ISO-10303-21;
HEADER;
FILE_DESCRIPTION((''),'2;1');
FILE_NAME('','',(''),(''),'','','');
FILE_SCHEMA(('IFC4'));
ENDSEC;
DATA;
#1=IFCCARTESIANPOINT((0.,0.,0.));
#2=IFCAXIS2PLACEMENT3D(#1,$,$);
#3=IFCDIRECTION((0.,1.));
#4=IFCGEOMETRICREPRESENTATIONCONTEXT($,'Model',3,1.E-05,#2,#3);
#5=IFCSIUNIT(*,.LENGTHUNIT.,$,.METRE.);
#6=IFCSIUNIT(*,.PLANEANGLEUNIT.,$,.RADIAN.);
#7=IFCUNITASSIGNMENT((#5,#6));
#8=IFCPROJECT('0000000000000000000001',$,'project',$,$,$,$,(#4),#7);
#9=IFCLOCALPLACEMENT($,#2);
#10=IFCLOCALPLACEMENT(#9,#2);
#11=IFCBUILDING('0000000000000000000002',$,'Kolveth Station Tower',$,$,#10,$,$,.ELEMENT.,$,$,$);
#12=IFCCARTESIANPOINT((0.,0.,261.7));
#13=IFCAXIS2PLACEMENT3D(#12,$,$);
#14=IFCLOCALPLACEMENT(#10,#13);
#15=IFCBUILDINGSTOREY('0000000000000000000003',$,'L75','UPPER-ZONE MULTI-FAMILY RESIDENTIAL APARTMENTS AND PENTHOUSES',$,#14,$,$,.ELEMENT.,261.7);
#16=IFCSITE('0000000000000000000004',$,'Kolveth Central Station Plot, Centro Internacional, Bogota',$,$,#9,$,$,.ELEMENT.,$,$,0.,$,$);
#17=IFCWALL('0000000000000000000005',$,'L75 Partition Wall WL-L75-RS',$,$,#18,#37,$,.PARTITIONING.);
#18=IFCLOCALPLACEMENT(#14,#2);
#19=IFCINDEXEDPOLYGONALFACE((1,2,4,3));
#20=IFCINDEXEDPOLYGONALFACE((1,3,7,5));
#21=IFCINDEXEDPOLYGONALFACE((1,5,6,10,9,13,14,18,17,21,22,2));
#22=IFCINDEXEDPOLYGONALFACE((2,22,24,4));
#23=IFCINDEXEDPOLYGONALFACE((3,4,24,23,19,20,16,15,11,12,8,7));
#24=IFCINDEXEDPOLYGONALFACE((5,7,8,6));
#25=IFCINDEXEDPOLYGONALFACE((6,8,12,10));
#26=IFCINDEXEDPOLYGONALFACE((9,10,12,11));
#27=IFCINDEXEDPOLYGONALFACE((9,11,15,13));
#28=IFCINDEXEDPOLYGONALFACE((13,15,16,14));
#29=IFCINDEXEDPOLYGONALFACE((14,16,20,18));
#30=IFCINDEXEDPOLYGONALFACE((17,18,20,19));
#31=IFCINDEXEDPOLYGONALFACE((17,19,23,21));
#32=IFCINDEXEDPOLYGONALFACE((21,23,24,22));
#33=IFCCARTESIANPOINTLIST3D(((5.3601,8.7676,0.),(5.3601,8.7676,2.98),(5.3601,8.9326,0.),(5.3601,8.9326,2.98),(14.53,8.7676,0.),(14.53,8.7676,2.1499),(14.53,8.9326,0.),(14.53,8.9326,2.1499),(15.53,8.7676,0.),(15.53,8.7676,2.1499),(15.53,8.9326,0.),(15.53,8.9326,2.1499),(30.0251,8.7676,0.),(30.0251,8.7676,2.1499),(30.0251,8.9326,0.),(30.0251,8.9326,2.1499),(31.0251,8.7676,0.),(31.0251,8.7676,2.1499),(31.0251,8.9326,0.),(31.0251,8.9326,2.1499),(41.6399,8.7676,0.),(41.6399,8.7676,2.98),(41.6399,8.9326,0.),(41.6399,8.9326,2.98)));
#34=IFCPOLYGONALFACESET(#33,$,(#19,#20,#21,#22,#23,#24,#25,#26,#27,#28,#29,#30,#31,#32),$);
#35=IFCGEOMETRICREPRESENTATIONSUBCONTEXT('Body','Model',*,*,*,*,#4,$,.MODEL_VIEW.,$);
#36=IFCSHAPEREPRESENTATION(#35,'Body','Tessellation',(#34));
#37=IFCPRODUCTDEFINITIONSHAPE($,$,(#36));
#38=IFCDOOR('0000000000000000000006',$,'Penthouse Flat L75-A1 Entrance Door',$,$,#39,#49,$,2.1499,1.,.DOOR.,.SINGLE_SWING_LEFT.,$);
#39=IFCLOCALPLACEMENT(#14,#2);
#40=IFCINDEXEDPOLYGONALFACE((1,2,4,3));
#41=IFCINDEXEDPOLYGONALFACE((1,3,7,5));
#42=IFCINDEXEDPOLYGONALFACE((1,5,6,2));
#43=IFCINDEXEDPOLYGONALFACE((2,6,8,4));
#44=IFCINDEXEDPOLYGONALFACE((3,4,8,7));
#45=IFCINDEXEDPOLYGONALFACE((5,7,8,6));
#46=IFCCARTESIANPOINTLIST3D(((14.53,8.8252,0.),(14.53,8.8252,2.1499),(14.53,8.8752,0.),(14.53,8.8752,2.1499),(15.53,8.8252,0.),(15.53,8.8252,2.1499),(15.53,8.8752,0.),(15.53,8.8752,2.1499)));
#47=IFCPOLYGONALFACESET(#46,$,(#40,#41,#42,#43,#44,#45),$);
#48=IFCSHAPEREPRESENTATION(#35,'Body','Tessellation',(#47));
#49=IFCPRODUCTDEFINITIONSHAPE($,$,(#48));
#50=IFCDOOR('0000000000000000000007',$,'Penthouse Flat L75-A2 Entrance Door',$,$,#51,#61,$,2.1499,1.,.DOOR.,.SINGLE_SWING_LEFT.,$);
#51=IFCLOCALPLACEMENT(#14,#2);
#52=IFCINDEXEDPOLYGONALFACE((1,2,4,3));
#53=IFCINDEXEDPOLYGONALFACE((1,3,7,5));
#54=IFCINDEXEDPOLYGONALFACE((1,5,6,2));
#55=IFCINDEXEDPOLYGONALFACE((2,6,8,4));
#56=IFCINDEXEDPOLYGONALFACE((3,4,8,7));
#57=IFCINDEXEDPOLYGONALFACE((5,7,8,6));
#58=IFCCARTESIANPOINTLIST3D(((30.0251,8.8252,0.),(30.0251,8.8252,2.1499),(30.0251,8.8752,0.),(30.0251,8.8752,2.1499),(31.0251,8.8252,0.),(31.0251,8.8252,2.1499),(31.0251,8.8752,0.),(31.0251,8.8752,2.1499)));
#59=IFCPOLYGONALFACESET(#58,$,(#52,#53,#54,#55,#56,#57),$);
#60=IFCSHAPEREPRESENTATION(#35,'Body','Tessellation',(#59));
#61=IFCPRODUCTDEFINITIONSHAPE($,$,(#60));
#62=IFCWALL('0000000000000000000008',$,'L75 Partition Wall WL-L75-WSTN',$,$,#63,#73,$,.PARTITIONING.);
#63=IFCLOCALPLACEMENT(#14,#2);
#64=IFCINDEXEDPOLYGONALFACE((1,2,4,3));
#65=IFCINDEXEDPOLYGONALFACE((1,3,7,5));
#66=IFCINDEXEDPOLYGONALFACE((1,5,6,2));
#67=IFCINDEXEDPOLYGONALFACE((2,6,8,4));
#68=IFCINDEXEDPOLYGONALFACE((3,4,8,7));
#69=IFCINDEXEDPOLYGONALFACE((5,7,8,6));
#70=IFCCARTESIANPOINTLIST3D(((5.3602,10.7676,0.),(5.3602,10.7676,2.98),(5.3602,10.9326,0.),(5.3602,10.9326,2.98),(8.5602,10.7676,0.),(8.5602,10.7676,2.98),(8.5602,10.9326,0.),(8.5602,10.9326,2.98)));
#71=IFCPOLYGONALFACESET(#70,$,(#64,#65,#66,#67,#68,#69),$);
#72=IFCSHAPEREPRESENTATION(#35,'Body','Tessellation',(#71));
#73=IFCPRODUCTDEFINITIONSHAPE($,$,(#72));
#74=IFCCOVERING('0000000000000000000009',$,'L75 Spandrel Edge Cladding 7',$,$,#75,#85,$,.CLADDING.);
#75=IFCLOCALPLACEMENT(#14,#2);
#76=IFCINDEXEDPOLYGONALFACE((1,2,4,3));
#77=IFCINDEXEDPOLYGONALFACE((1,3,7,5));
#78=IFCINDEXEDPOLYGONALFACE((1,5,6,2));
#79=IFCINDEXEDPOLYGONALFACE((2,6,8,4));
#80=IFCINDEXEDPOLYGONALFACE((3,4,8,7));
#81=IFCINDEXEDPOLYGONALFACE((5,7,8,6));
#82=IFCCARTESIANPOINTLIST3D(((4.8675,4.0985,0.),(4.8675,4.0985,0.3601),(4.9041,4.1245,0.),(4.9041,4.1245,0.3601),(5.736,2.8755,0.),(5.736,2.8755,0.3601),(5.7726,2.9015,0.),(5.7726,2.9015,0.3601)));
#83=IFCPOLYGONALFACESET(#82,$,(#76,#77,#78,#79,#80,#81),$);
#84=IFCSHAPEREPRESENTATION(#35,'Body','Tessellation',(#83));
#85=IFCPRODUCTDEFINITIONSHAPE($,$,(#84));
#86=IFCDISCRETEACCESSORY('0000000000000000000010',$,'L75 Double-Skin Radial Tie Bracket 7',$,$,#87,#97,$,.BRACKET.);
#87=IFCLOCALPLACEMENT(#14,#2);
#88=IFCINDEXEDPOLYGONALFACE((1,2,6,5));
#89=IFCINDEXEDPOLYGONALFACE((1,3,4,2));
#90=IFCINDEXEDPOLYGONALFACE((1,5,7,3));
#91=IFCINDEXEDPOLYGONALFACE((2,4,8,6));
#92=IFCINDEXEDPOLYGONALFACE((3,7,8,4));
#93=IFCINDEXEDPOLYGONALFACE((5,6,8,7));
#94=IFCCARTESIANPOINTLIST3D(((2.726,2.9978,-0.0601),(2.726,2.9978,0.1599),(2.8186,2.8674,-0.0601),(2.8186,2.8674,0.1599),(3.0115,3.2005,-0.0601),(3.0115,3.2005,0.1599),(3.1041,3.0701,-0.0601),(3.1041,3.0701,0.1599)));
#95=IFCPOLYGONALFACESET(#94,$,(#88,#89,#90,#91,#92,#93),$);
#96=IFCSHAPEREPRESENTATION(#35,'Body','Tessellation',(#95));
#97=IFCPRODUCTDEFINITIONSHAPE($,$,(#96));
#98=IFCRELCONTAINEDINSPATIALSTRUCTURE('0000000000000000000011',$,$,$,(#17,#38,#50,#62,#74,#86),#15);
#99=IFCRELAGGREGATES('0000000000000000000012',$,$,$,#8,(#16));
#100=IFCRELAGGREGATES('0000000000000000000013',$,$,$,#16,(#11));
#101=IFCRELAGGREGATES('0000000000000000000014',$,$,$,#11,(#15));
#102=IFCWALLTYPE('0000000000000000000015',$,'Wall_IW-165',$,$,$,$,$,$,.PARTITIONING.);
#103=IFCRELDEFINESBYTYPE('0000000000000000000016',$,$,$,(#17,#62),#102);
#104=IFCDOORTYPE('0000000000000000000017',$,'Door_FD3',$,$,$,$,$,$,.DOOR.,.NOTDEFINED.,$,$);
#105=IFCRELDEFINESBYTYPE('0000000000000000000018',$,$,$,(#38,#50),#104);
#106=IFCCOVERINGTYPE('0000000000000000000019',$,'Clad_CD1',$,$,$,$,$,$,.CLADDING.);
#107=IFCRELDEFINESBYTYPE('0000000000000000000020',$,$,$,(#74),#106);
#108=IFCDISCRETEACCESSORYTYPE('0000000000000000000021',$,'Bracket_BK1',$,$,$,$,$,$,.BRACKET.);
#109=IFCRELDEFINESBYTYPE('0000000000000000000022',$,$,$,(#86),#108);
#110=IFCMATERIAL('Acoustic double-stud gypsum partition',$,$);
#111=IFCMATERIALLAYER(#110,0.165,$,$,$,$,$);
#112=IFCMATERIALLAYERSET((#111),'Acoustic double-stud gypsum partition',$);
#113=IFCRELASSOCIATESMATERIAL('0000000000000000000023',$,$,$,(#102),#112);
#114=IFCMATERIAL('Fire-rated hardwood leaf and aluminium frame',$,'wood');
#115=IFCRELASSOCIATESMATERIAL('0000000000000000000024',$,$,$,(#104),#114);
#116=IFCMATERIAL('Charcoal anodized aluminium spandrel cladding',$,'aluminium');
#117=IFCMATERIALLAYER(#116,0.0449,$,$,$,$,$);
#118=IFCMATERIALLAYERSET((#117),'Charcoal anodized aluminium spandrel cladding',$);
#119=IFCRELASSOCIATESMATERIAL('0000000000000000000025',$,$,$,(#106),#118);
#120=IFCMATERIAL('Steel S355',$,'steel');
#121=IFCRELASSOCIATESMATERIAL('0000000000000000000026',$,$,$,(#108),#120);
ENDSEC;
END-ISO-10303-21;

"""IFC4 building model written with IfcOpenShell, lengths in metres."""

from ifc_helpers import new_model, si_unit, direction, frame, frame_2d, origin, origin_2d, place, context, subcontext, project, spatial, rectangle, extrude, source, transform, mapped, material, layer, layer_set, type_object, element, fill, save


model = new_model("IFC4")

# Units and contexts
model_context = context("Model", 3, precision=1e-05, world=origin(), true_north=direction((0.0, 1.0)))
body_context = subcontext(model_context, "Body", "Model", "MODEL_VIEW")
ifc_project = project(units=[si_unit("LENGTHUNIT", "METRE"), si_unit("PLANEANGLEUNIT", "RADIAN")], contexts=[model_context])

# Site, building, storey
site_placement = place(None, origin())
site = spatial("IfcSite", under=ifc_project, at=site_placement, Name="Kolveth Central Station Plot, Centro Internacional, Bogota", CompositionType="ELEMENT", RefElevation=0.0)
building_placement = place(site_placement, origin())
building = spatial("IfcBuilding", under=site, at=building_placement, Name="Kolveth Station Tower", CompositionType="ELEMENT")
storey_placement = place(building_placement, frame((0.0, 0.0, 261.7)))
storey = spatial("IfcBuildingStorey", under=building, at=storey_placement, Name="L75", Description="UPPER-ZONE MULTI-FAMILY RESIDENTIAL APARTMENTS AND PENTHOUSES", CompositionType="ELEMENT", Elevation=261.7)

# Shared definitions
ifc_material_1 = material(Name="Steel S355", Category="steel")

# Wall, openings, doors
ifc_material_2 = material(Name="Acoustic double-stud gypsum partition")
ifc_layer_1 = layer(ifc_material_2, 0.165)
ifc_layer_set_1 = layer_set([ifc_layer_1], Name="Acoustic double-stud gypsum partition")
wall_type_1 = type_object("IfcWallType", Name="Wall_IW-165", PredefinedType="PARTITIONING", material=ifc_layer_set_1)
wall_1_placement = place(storey_placement, frame((5.3601, 8.8501, 0.0), z_axis=(0.0, 0.0, 1.0), x_axis=(1.0, 0.0, 0.0)))
wall_1 = element("IfcWall", 1, at=wall_1_placement, inside=storey, type_object=wall_type_1, Name="L75 Partition Wall WL-L75-RS", PredefinedType="PARTITIONING", context=body_context, shape_type="SweptSolid", body=[
    extrude(rectangle(XDim=36.2798, YDim=0.165, at=frame_2d((18.1399, 0.0))), origin(), (0.0, 0.0, 1.0), 2.98),
])
opening_1_placement = place(wall_1_placement, frame((9.1699, 0.0, 0.0)))
opening_1 = element("IfcOpeningElement", 2, at=opening_1_placement, cuts=wall_1, PredefinedType="OPENING", context=body_context, shape_type="SweptSolid", body=[
    extrude(rectangle(XDim=1.0, YDim=2.1499, at=frame_2d((0.5, 1.075))), frame((0.0, 0.0925, 0.0), z_axis=(0.0, -1.0, 0.0), x_axis=(1.0, 0.0, 0.0)), (0.0, 0.0, 1.0), 0.1851),
])
opening_2_placement = place(wall_1_placement, frame((24.665, 0.0, 0.0)))
opening_2 = element("IfcOpeningElement", 3, at=opening_2_placement, cuts=wall_1, PredefinedType="OPENING", context=body_context, shape_type="SweptSolid", body=[
    extrude(rectangle(XDim=1.0, YDim=2.1499, at=frame_2d((0.5, 1.075))), frame((0.0, 0.0925, 0.0), z_axis=(0.0, -1.0, 0.0), x_axis=(1.0, 0.0, 0.0)), (0.0, 0.0, 1.0), 0.1851),
])
ifc_material_3 = material(Name="Fire-rated hardwood leaf and aluminium frame", Category="wood")
door_type = type_object("IfcDoorType", Name="Door_FD3", OperationType="NOTDEFINED", PredefinedType="DOOR", material=ifc_material_3)
door_1_placement = place(opening_1_placement, frame((1.0, 0.0, 0.0), z_axis=(0.0, 0.0, 1.0), x_axis=(-1.0, 0.0, 0.0)))
door_1 = element("IfcDoor", 4, at=door_1_placement, inside=storey, type_object=door_type, Name="Penthouse Flat L75-A1 Entrance Door", OperationType="SINGLE_SWING_LEFT", OverallHeight=2.1499, OverallWidth=1.0, PredefinedType="DOOR", context=body_context, shape_type="SweptSolid", body=[
    extrude(rectangle(XDim=1.0, YDim=2.1499, at=frame_2d((0.5, 1.075))), frame((0.0, 0.0249, 0.0), z_axis=(0.0, -1.0, 0.0), x_axis=(1.0, 0.0, 0.0)), (0.0, 0.0, 1.0), 0.05),
])
fill(opening_1, door_1)
door_2_placement = place(opening_2_placement, frame((1.0, 0.0, 0.0), z_axis=(0.0, 0.0, 1.0), x_axis=(-1.0, 0.0, 0.0)))
door_2 = element("IfcDoor", 5, at=door_2_placement, inside=storey, type_object=door_type, Name="Penthouse Flat L75-A2 Entrance Door", OperationType="SINGLE_SWING_LEFT", OverallHeight=2.1499, OverallWidth=1.0, PredefinedType="DOOR", context=body_context, shape_type="SweptSolid", body=[
    extrude(rectangle(XDim=1.0, YDim=2.1499, at=frame_2d((0.5, 1.075))), frame((0.0, 0.0249, 0.0), z_axis=(0.0, -1.0, 0.0), x_axis=(1.0, 0.0, 0.0)), (0.0, 0.0, 1.0), 0.05),
])
fill(opening_2, door_2)

# Wall
wall_2_placement = place(storey_placement, frame((5.3601, 10.8501, 0.0), z_axis=(0.0, 0.0, 1.0), x_axis=(1.0, 0.0, 0.0)))
element("IfcWall", 6, at=wall_2_placement, inside=storey, type_object=wall_type_1, Name="L75 Partition Wall WL-L75-WSTN", PredefinedType="PARTITIONING", context=body_context, shape_type="SweptSolid", body=[
    extrude(rectangle(XDim=3.2, YDim=0.165, at=frame_2d((1.6001, 0.0))), origin(), (0.0, 0.0, 1.0), 2.98),
])

# Covering
ifc_material_4 = material(Name="Charcoal anodized aluminium spandrel cladding", Category="aluminium")
ifc_layer_2 = layer(ifc_material_4, 0.0449)
ifc_layer_set_2 = layer_set([ifc_layer_2], Name="Charcoal anodized aluminium spandrel cladding")
covering_type = type_object("IfcCoveringType", Name="Clad_CD1", PredefinedType="CLADDING", material=ifc_layer_set_2)
shared_shape_1 = source(origin(), body_context, "Body", "SweptSolid", [
    extrude(rectangle(XDim=1.5, YDim=0.0449, at=origin_2d()), origin(), (0.0, 0.0, 1.0), 0.3601),
])
covering_placement = place(storey_placement, frame((5.3201, 3.5, 0.0), z_axis=(0.0, 0.0, 1.0), x_axis=(0.578997, -0.81533, 0.0)))
element("IfcCovering", 7, at=covering_placement, inside=storey, type_object=covering_type, Name="L75 Spandrel Edge Cladding 7", PredefinedType="CLADDING", context=body_context, shape_type="MappedRepresentation", body=[
    mapped(shared_shape_1, transform((0.0, 0.0, 0.0), x_axis=(1.0, 0.0, 0.0), y_axis=(0.0, 1.0, 0.0), z_axis=(0.0, 0.0, 1.0), scale=1.0)),
])

# Discrete accessory
discrete_accessory_type = type_object("IfcDiscreteAccessoryType", Name="Bracket_BK1", PredefinedType="BRACKET", material=ifc_material_1)
shared_shape_2 = source(origin(), body_context, "Body", "SweptSolid", [
    extrude(rectangle(XDim=0.3501, YDim=0.1599, at=origin_2d()), origin(), (0.0, 0.0, 1.0), 0.22),
])
discrete_accessory_placement = place(storey_placement, frame((2.915, 3.0339, -0.0601), z_axis=(0.0, 0.0, 1.0), x_axis=(-0.81533, -0.578997, 0.0)))
element("IfcDiscreteAccessory", 8, at=discrete_accessory_placement, inside=storey, type_object=discrete_accessory_type, Name="L75 Double-Skin Radial Tie Bracket 7", PredefinedType="BRACKET", context=body_context, shape_type="MappedRepresentation", body=[
    mapped(shared_shape_2, transform((0.0, 0.0, 0.0), x_axis=(1.0, 0.0, 0.0), y_axis=(0.0, 1.0, 0.0), z_axis=(0.0, 0.0, 1.0), scale=1.0)),
])

save(model, "model.ifc")
